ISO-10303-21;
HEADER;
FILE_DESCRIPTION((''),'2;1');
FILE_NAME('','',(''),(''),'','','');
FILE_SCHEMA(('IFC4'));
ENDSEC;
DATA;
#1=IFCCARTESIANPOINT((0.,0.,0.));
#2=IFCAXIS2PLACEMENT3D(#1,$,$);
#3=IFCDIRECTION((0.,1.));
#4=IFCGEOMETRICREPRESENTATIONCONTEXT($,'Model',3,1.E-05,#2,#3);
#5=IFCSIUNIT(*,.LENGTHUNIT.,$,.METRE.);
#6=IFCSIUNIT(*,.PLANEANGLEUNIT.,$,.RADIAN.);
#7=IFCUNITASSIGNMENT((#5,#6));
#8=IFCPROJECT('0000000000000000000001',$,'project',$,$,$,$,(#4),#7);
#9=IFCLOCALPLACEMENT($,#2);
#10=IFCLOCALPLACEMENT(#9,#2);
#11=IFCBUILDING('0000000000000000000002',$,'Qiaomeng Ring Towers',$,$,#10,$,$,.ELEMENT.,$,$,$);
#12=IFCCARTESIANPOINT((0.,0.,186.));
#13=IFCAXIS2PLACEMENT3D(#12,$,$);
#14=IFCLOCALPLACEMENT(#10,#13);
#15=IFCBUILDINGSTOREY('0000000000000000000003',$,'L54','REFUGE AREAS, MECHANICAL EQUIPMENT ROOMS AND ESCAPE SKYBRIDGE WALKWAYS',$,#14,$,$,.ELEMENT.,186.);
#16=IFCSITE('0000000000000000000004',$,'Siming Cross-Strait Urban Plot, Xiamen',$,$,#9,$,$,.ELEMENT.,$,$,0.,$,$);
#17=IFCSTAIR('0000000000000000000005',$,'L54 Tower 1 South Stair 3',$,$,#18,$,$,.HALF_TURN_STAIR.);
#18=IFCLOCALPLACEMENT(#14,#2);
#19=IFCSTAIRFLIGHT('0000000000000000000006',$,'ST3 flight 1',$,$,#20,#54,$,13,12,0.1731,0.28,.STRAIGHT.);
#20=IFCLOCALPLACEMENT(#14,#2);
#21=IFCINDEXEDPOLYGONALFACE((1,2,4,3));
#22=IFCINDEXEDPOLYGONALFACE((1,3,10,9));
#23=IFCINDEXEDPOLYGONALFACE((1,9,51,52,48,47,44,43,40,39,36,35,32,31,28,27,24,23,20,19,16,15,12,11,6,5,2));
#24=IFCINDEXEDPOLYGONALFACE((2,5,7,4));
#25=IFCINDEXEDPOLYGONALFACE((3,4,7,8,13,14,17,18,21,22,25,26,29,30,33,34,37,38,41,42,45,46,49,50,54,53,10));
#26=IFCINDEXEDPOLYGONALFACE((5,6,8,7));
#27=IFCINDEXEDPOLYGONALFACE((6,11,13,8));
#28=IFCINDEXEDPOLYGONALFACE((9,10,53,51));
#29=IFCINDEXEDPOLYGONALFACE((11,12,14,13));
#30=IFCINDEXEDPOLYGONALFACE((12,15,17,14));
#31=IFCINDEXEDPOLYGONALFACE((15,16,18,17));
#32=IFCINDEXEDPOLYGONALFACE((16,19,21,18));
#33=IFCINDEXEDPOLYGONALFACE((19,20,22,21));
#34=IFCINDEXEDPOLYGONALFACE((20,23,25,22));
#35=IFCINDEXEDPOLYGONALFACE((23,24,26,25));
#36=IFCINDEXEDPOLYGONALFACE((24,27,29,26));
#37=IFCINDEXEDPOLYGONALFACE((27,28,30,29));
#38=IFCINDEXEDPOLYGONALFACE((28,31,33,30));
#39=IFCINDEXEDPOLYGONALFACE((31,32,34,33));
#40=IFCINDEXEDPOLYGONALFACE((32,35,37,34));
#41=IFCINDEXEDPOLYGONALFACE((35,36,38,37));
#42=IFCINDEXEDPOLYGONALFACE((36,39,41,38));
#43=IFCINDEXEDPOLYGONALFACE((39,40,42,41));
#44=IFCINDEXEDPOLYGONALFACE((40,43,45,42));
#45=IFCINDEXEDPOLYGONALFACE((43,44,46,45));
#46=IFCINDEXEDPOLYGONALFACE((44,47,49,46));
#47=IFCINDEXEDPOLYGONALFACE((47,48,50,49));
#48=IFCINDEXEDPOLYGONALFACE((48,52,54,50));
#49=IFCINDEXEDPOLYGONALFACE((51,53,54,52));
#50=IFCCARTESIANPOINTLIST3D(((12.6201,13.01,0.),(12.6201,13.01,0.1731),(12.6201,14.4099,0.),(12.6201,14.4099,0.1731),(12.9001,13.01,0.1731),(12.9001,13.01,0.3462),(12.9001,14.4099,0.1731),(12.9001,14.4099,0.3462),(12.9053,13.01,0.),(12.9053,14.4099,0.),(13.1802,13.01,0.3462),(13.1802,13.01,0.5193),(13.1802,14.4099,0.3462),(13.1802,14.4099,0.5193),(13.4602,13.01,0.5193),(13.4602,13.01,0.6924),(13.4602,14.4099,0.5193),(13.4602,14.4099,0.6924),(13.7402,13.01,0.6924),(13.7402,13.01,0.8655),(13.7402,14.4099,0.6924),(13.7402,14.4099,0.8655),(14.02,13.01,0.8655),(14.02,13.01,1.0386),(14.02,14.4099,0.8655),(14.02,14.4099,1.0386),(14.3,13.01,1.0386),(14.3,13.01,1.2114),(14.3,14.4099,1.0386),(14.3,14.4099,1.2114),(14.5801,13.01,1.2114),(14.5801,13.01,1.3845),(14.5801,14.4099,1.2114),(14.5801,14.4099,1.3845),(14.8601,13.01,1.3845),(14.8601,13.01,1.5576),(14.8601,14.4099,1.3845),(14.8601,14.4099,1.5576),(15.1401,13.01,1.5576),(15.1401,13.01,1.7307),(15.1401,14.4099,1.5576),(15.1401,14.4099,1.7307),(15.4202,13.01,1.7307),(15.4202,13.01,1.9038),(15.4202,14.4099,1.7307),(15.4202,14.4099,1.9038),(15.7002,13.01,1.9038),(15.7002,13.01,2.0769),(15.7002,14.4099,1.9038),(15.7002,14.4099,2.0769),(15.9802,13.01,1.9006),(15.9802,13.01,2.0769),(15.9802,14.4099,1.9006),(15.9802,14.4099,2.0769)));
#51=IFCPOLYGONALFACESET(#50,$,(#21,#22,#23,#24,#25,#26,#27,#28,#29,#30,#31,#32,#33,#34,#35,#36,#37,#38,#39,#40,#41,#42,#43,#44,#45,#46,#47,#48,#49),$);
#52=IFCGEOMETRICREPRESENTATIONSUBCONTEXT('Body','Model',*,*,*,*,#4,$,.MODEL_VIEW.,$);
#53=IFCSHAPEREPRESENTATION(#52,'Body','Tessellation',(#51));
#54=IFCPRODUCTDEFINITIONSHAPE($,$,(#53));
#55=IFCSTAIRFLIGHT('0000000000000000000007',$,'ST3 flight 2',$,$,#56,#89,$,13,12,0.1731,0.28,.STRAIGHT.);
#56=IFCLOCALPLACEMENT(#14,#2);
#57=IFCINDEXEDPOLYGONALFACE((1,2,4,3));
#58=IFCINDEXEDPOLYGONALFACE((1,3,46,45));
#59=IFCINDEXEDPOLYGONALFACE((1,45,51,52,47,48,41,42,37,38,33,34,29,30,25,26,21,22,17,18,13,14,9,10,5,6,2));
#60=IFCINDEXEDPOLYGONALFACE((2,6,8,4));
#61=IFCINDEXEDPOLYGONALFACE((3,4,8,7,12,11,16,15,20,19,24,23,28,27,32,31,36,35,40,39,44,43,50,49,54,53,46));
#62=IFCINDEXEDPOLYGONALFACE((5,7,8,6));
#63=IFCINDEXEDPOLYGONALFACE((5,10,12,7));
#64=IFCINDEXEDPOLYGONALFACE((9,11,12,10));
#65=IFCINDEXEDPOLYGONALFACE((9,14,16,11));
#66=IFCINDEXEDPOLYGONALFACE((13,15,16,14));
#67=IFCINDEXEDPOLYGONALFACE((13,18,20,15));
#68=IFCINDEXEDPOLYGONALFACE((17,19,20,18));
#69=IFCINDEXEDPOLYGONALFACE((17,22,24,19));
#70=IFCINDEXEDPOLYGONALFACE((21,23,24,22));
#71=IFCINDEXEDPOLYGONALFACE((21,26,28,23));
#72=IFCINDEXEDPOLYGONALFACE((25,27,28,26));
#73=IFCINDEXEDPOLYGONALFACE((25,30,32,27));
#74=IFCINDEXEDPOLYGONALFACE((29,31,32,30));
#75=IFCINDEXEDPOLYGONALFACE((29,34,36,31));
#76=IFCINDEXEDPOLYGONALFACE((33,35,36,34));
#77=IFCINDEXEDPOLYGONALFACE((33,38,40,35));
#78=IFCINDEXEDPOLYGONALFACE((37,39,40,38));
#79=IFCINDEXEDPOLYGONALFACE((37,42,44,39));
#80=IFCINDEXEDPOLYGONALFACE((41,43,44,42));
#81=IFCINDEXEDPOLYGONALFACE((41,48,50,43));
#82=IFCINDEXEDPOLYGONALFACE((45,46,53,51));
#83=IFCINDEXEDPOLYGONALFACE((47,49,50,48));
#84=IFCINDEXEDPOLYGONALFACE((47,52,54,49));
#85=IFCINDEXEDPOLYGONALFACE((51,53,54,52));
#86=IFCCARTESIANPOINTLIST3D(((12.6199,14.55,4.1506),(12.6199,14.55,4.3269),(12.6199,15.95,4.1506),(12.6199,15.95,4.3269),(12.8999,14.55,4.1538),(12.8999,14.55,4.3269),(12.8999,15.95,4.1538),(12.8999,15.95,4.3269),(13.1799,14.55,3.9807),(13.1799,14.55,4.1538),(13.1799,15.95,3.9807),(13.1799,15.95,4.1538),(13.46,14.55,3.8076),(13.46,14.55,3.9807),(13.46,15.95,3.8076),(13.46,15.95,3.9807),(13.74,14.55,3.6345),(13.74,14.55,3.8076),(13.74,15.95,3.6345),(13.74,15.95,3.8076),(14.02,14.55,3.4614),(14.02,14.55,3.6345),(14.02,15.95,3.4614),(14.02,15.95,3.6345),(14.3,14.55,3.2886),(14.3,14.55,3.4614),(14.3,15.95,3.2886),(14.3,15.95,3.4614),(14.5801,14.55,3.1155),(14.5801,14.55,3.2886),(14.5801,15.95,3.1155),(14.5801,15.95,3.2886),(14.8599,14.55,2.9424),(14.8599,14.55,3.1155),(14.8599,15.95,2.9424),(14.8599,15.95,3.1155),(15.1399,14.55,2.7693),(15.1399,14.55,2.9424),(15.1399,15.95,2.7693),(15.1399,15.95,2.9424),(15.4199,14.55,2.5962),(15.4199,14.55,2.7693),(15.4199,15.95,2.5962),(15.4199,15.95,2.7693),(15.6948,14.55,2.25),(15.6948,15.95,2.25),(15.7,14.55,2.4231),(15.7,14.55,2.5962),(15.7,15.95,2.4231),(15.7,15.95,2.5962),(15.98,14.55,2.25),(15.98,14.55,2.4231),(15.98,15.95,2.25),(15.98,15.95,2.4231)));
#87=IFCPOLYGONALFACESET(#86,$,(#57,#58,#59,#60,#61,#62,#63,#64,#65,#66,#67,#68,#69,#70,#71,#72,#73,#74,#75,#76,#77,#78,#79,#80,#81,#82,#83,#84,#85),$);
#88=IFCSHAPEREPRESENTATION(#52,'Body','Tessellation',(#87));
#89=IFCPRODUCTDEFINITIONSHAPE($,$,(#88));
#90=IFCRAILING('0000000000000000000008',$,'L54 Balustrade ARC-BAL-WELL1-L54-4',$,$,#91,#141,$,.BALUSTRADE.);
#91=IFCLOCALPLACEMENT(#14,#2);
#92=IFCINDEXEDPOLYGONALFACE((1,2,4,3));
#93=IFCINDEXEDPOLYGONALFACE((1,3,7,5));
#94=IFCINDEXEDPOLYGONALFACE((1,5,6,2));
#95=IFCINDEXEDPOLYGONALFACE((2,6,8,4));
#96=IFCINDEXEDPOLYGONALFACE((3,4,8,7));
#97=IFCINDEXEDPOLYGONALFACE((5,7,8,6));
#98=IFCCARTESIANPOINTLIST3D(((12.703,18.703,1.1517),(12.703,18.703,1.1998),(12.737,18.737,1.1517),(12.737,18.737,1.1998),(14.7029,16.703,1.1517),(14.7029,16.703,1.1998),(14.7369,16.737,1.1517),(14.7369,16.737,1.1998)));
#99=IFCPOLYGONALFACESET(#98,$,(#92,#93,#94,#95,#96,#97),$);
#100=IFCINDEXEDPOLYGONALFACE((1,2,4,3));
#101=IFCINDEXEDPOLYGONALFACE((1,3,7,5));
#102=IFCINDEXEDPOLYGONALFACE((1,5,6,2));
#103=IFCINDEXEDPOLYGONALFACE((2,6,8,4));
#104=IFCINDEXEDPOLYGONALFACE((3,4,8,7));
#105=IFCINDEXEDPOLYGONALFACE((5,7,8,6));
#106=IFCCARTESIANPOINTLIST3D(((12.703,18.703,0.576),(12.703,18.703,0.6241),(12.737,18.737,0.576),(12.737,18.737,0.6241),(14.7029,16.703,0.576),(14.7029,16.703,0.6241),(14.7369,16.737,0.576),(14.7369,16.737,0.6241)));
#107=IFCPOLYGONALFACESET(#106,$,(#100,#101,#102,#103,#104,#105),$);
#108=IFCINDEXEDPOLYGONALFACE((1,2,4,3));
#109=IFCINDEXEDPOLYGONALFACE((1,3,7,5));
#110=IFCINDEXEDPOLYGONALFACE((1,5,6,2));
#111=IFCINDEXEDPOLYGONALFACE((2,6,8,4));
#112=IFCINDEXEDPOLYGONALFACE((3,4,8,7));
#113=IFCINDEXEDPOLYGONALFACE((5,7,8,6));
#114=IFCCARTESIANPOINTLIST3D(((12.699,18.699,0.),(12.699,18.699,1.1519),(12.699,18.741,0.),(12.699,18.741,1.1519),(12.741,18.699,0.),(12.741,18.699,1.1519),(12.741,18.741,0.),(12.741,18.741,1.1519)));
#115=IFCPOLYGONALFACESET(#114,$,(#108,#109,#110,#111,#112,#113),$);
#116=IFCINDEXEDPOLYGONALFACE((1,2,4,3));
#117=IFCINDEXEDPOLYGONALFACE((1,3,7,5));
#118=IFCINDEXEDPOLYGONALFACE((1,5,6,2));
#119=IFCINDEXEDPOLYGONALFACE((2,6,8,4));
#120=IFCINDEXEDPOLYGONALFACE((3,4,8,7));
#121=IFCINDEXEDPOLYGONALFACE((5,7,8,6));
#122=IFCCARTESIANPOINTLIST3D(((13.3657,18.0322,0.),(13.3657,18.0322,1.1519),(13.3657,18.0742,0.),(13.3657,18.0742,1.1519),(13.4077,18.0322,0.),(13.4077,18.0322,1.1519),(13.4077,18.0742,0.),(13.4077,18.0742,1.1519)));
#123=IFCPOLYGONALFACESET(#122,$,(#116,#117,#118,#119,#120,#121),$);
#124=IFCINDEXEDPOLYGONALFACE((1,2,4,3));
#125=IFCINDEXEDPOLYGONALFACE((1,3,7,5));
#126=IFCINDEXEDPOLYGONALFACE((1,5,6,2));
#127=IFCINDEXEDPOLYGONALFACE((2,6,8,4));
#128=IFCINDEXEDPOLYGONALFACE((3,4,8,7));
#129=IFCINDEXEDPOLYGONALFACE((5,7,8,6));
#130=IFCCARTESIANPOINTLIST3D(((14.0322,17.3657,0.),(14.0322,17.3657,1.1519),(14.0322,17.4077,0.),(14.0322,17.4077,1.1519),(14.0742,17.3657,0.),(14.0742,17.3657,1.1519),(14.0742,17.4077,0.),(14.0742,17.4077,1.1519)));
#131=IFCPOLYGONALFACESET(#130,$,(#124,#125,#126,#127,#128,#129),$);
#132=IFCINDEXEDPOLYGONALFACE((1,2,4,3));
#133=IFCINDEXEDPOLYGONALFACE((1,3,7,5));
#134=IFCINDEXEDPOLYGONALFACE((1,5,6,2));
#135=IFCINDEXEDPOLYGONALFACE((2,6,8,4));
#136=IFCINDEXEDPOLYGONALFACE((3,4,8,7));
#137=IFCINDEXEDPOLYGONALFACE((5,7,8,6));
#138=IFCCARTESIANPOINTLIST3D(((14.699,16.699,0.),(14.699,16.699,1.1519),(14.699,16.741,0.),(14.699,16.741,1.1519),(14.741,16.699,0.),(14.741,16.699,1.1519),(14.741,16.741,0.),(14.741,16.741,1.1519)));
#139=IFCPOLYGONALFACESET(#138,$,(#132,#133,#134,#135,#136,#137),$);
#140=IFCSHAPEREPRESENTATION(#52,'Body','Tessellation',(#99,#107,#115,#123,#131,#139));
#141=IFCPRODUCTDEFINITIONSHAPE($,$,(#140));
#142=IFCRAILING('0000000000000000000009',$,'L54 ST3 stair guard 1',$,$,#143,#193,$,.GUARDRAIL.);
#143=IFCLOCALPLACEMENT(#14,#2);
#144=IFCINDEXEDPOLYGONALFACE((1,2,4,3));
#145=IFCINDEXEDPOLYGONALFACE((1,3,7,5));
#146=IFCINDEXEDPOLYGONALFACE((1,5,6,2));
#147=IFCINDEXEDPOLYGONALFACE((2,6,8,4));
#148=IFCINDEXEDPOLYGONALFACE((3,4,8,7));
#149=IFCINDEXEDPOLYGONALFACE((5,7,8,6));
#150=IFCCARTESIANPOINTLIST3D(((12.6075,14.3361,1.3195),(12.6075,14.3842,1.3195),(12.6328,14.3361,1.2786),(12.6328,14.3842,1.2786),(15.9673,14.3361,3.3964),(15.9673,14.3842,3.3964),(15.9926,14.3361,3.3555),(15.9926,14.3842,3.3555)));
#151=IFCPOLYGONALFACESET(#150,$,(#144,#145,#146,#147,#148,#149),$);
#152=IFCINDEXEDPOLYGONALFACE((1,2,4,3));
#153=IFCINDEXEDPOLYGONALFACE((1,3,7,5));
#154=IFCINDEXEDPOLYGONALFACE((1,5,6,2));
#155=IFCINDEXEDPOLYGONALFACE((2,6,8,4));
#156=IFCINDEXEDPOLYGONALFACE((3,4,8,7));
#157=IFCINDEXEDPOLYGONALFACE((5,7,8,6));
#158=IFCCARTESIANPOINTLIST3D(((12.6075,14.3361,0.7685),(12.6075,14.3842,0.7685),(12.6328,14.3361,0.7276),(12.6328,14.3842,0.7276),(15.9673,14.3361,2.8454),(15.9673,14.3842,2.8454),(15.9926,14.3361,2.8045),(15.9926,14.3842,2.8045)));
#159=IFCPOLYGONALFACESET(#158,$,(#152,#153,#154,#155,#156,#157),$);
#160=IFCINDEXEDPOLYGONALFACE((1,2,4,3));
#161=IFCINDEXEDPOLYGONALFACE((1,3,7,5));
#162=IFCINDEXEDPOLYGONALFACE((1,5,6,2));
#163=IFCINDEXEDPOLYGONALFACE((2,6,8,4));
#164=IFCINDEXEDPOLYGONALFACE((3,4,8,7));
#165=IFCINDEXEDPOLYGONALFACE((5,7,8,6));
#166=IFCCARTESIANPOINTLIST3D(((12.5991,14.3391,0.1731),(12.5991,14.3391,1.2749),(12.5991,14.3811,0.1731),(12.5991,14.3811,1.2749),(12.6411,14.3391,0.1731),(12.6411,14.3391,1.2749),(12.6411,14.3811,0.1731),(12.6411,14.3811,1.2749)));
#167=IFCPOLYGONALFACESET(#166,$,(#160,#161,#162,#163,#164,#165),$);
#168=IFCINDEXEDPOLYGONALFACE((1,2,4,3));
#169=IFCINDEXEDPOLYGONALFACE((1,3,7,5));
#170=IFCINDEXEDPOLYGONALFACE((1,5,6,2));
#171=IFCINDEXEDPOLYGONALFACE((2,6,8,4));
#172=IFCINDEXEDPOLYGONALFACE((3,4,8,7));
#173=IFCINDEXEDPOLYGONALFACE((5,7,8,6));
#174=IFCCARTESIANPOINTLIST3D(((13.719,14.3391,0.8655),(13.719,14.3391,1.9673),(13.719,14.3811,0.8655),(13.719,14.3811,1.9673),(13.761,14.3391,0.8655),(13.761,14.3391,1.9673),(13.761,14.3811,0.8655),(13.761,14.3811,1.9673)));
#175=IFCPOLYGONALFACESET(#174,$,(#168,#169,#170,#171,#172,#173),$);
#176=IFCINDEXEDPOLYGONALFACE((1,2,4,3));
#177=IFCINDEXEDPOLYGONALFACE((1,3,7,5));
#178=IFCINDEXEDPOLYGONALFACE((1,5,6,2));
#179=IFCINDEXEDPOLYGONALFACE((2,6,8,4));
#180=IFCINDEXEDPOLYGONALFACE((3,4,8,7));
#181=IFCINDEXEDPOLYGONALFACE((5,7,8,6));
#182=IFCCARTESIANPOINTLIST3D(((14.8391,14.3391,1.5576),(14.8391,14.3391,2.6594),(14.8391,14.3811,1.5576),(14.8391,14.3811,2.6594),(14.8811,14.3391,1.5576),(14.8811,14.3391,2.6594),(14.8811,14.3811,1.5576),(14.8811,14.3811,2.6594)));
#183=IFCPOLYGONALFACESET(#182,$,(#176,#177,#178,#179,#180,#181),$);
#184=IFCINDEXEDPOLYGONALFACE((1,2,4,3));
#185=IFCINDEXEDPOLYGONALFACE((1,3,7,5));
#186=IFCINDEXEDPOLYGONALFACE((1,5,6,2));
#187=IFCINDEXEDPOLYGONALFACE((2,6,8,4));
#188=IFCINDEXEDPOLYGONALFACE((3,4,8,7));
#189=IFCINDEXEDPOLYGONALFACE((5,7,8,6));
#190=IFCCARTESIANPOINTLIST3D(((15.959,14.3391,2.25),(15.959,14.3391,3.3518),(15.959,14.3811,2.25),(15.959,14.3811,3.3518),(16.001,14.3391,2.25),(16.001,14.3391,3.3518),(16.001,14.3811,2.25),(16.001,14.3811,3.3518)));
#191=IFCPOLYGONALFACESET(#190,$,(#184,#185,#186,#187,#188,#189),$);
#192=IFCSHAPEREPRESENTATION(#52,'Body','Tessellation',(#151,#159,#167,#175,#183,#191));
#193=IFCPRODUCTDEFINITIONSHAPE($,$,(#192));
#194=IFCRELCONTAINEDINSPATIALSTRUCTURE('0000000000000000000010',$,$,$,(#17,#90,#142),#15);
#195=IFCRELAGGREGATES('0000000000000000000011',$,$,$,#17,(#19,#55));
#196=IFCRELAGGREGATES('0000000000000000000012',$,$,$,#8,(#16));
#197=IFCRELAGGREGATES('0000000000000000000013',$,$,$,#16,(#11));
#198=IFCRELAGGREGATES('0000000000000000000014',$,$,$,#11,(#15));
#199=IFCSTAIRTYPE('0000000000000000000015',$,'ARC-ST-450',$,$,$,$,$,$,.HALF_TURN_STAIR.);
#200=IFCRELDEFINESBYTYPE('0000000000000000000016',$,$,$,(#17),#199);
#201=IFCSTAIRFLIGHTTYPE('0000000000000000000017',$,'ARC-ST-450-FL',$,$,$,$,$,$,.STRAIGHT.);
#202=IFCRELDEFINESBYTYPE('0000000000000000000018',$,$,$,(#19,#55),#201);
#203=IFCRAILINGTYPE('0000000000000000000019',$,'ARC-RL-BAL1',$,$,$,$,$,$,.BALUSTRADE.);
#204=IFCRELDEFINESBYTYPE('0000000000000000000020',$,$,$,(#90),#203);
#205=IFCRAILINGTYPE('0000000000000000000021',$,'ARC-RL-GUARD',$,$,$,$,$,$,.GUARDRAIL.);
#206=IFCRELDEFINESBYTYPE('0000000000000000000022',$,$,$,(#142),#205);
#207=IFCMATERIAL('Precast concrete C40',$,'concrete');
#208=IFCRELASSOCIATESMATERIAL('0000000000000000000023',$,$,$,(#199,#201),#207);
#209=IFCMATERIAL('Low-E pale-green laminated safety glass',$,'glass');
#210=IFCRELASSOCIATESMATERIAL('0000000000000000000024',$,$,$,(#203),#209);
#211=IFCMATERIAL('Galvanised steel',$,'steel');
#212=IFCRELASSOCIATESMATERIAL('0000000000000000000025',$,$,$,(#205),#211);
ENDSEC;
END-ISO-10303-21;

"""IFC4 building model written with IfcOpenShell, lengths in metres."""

from ifc_helpers import new_model, si_unit, direction, frame, origin, origin_2d, place, context, subcontext, project, spatial, polyline, rectangle, outline, extrude, source, transform, mapped, material, type_object, element, aggregate, save


model = new_model("IFC4")

# Units and contexts
model_context = context("Model", 3, precision=1e-05, world=origin(), true_north=direction((0.0, 1.0)))
body_context = subcontext(model_context, "Body", "Model", "MODEL_VIEW")
ifc_project = project(units=[si_unit("LENGTHUNIT", "METRE"), si_unit("PLANEANGLEUNIT", "RADIAN")], contexts=[model_context])

# Site, building, storey
site_placement = place(None, origin())
site = spatial("IfcSite", under=ifc_project, at=site_placement, Name="Siming Cross-Strait Urban Plot, Xiamen", CompositionType="ELEMENT", RefElevation=0.0)
building_placement = place(site_placement, origin())
building = spatial("IfcBuilding", under=site, at=building_placement, Name="Qiaomeng Ring Towers", CompositionType="ELEMENT")
storey_placement = place(building_placement, frame((0.0, 0.0, 186.0)))
storey = spatial("IfcBuildingStorey", under=building, at=storey_placement, Name="L54", Description="REFUGE AREAS, MECHANICAL EQUIPMENT ROOMS AND ESCAPE SKYBRIDGE WALKWAYS", CompositionType="ELEMENT", Elevation=186.0)

# Shared definitions
ifc_material_1 = material(Name="Galvanised steel", Category="steel")

# Stair, stair flights
ifc_material_2 = material(Name="Precast concrete C40", Category="concrete")
stair_type = type_object("IfcStairType", Name="ARC-ST-450", PredefinedType="HALF_TURN_STAIR", material=ifc_material_2)
stair_placement = place(storey_placement, origin())
stair = element("IfcStair", 1, at=stair_placement, inside=storey, type_object=stair_type, Name="L54 Tower 1 South Stair 3", PredefinedType="HALF_TURN_STAIR")
stair_flight_type = type_object("IfcStairFlightType", Name="ARC-ST-450-FL", PredefinedType="STRAIGHT", material=ifc_material_2)
shared_shape_1 = source(origin(), body_context, "Body", "SweptSolid", [
    extrude(outline(polyline([(0.0, 0.0), (0.0, 0.1731), (0.28, 0.1731), (0.28, 0.3462), (0.5601, 0.3462), (0.5601, 0.5193), (0.8401, 0.5193), (0.8401, 0.6924), (1.1201, 0.6924), (1.1201, 0.8655), (1.3999, 0.8655), (1.3999, 1.0386), (1.6799, 1.0386), (1.6799, 1.2114), (1.96, 1.2114), (1.96, 1.3845), (2.24, 1.3845), (2.24, 1.5576), (2.52, 1.5576), (2.52, 1.7307), (2.8, 1.7307), (2.8, 1.9038), (3.0801, 1.9038), (3.0801, 2.0769), (3.3601, 2.0769), (3.3601, 2.25), (3.3601, 1.9006), (0.2852, 0.0), (0.0, 0.0)])), frame((0.0, 0.7, 0.0), z_axis=(0.0, -1.0, 0.0), x_axis=(1.0, 0.0, 0.0)), (0.0, 0.0, 1.0), 1.3999),
])
stair_flight_1_placement = place(storey_placement, frame((12.6201, 13.71, 0.0), z_axis=(0.0, 0.0, 1.0), x_axis=(1.0, 0.0, 0.0)))
stair_flight_1 = element("IfcStairFlight", 2, at=stair_flight_1_placement, type_object=stair_flight_type, Name="ST3 flight 1", NumberOfRisers=13, NumberOfTreads=12, PredefinedType="STRAIGHT", RiserHeight=0.1731, TreadLength=0.28, context=body_context, shape_type="MappedRepresentation", body=[
    mapped(shared_shape_1, transform((0.0, 0.0, 0.0), x_axis=(1.0, 0.0, 0.0), y_axis=(0.0, 1.0, 0.0), z_axis=(0.0, 0.0, 1.0), scale=1.0)),
])
stair_flight_2_placement = place(storey_placement, frame((15.98, 15.25, 2.25), z_axis=(0.0, 0.0, 1.0), x_axis=(-1.0, 0.0, 0.0)))
stair_flight_2 = element("IfcStairFlight", 3, at=stair_flight_2_placement, type_object=stair_flight_type, Name="ST3 flight 2", NumberOfRisers=13, NumberOfTreads=12, PredefinedType="STRAIGHT", RiserHeight=0.1731, TreadLength=0.28, context=body_context, shape_type="MappedRepresentation", body=[
    mapped(shared_shape_1, transform((0.0, 0.0, 0.0), x_axis=(1.0, 0.0, 0.0), y_axis=(0.0, 1.0, 0.0), z_axis=(0.0, 0.0, 1.0), scale=1.0)),
])
aggregate(stair, [stair_flight_1, stair_flight_2])

# Railings
ifc_material_3 = material(Name="Low-E pale-green laminated safety glass", Category="glass")
railing_type_1 = type_object("IfcRailingType", Name="ARC-RL-BAL1", PredefinedType="BALUSTRADE", material=ifc_material_3)
railing_1_placement = place(storey_placement, frame((12.72, 18.72, 0.0)))
element("IfcRailing", 4, at=railing_1_placement, inside=storey, type_object=railing_type_1, Name="L54 Balustrade ARC-BAL-WELL1-L54-4", PredefinedType="BALUSTRADE", context=body_context, shape_type="SweptSolid", body=[
    extrude(rectangle(XDim=0.0481, YDim=0.0481, at=origin_2d()), frame((0.0, 0.0, 1.1758), z_axis=(0.707107, -0.707107, 0.0), x_axis=(0.707107, 0.707107, 0.0)), (0.0, 0.0, 1.0), 2.8284),
    extrude(rectangle(XDim=0.0481, YDim=0.0481, at=origin_2d()), frame((0.0, 0.0, 0.6001), z_axis=(0.707107, -0.707107, 0.0), x_axis=(0.707107, 0.707107, 0.0)), (0.0, 0.0, 1.0), 2.8284),
    extrude(rectangle(XDim=0.042, YDim=0.042, at=origin_2d()), origin(), (0.0, 0.0, 1.0), 1.1519),
    extrude(rectangle(XDim=0.042, YDim=0.042, at=origin_2d()), frame((0.6667, -0.6667, 0.0)), (0.0, 0.0, 1.0), 1.1519),
    extrude(rectangle(XDim=0.042, YDim=0.042, at=origin_2d()), frame((1.3333, -1.3333, 0.0)), (0.0, 0.0, 1.0), 1.1519),
    extrude(rectangle(XDim=0.042, YDim=0.042, at=origin_2d()), frame((2.0, -2.0, 0.0)), (0.0, 0.0, 1.0), 1.1519),
])
railing_type_2 = type_object("IfcRailingType", Name="ARC-RL-GUARD", PredefinedType="GUARDRAIL", material=ifc_material_1)
railing_2_placement = place(storey_placement, frame((12.6201, 14.3601, 0.1731)))
element("IfcRailing", 5, at=railing_2_placement, inside=storey, type_object=railing_type_2, Name="L54 ST3 stair guard 1", PredefinedType="GUARDRAIL", context=body_context, shape_type="SweptSolid", body=[
    extrude(rectangle(XDim=0.0481, YDim=0.0481, at=origin_2d()), frame((0.0, 0.0, 1.126), z_axis=(0.850606, 0.0, 0.525803), x_axis=(0.0, 1.0, 0.0)), (0.0, 0.0, 1.0), 3.95),
    extrude(rectangle(XDim=0.0481, YDim=0.0481, at=origin_2d()), frame((0.0, 0.0, 0.575), z_axis=(0.850606, 0.0, 0.525803), x_axis=(0.0, 1.0, 0.0)), (0.0, 0.0, 1.0), 3.95),
    extrude(rectangle(XDim=0.042, YDim=0.042, at=origin_2d()), origin(), (0.0, 0.0, 1.0), 1.1018),
    extrude(rectangle(XDim=0.042, YDim=0.042, at=origin_2d()), frame((1.1199, 0.0, 0.6924)), (0.0, 0.0, 1.0), 1.1018),
    extrude(rectangle(XDim=0.042, YDim=0.042, at=origin_2d()), frame((2.24, 0.0, 1.3845)), (0.0, 0.0, 1.0), 1.1018),
    extrude(rectangle(XDim=0.042, YDim=0.042, at=origin_2d()), frame((3.3599, 0.0, 2.0769)), (0.0, 0.0, 1.0), 1.1018),
])

save(model, "model.ifc")
